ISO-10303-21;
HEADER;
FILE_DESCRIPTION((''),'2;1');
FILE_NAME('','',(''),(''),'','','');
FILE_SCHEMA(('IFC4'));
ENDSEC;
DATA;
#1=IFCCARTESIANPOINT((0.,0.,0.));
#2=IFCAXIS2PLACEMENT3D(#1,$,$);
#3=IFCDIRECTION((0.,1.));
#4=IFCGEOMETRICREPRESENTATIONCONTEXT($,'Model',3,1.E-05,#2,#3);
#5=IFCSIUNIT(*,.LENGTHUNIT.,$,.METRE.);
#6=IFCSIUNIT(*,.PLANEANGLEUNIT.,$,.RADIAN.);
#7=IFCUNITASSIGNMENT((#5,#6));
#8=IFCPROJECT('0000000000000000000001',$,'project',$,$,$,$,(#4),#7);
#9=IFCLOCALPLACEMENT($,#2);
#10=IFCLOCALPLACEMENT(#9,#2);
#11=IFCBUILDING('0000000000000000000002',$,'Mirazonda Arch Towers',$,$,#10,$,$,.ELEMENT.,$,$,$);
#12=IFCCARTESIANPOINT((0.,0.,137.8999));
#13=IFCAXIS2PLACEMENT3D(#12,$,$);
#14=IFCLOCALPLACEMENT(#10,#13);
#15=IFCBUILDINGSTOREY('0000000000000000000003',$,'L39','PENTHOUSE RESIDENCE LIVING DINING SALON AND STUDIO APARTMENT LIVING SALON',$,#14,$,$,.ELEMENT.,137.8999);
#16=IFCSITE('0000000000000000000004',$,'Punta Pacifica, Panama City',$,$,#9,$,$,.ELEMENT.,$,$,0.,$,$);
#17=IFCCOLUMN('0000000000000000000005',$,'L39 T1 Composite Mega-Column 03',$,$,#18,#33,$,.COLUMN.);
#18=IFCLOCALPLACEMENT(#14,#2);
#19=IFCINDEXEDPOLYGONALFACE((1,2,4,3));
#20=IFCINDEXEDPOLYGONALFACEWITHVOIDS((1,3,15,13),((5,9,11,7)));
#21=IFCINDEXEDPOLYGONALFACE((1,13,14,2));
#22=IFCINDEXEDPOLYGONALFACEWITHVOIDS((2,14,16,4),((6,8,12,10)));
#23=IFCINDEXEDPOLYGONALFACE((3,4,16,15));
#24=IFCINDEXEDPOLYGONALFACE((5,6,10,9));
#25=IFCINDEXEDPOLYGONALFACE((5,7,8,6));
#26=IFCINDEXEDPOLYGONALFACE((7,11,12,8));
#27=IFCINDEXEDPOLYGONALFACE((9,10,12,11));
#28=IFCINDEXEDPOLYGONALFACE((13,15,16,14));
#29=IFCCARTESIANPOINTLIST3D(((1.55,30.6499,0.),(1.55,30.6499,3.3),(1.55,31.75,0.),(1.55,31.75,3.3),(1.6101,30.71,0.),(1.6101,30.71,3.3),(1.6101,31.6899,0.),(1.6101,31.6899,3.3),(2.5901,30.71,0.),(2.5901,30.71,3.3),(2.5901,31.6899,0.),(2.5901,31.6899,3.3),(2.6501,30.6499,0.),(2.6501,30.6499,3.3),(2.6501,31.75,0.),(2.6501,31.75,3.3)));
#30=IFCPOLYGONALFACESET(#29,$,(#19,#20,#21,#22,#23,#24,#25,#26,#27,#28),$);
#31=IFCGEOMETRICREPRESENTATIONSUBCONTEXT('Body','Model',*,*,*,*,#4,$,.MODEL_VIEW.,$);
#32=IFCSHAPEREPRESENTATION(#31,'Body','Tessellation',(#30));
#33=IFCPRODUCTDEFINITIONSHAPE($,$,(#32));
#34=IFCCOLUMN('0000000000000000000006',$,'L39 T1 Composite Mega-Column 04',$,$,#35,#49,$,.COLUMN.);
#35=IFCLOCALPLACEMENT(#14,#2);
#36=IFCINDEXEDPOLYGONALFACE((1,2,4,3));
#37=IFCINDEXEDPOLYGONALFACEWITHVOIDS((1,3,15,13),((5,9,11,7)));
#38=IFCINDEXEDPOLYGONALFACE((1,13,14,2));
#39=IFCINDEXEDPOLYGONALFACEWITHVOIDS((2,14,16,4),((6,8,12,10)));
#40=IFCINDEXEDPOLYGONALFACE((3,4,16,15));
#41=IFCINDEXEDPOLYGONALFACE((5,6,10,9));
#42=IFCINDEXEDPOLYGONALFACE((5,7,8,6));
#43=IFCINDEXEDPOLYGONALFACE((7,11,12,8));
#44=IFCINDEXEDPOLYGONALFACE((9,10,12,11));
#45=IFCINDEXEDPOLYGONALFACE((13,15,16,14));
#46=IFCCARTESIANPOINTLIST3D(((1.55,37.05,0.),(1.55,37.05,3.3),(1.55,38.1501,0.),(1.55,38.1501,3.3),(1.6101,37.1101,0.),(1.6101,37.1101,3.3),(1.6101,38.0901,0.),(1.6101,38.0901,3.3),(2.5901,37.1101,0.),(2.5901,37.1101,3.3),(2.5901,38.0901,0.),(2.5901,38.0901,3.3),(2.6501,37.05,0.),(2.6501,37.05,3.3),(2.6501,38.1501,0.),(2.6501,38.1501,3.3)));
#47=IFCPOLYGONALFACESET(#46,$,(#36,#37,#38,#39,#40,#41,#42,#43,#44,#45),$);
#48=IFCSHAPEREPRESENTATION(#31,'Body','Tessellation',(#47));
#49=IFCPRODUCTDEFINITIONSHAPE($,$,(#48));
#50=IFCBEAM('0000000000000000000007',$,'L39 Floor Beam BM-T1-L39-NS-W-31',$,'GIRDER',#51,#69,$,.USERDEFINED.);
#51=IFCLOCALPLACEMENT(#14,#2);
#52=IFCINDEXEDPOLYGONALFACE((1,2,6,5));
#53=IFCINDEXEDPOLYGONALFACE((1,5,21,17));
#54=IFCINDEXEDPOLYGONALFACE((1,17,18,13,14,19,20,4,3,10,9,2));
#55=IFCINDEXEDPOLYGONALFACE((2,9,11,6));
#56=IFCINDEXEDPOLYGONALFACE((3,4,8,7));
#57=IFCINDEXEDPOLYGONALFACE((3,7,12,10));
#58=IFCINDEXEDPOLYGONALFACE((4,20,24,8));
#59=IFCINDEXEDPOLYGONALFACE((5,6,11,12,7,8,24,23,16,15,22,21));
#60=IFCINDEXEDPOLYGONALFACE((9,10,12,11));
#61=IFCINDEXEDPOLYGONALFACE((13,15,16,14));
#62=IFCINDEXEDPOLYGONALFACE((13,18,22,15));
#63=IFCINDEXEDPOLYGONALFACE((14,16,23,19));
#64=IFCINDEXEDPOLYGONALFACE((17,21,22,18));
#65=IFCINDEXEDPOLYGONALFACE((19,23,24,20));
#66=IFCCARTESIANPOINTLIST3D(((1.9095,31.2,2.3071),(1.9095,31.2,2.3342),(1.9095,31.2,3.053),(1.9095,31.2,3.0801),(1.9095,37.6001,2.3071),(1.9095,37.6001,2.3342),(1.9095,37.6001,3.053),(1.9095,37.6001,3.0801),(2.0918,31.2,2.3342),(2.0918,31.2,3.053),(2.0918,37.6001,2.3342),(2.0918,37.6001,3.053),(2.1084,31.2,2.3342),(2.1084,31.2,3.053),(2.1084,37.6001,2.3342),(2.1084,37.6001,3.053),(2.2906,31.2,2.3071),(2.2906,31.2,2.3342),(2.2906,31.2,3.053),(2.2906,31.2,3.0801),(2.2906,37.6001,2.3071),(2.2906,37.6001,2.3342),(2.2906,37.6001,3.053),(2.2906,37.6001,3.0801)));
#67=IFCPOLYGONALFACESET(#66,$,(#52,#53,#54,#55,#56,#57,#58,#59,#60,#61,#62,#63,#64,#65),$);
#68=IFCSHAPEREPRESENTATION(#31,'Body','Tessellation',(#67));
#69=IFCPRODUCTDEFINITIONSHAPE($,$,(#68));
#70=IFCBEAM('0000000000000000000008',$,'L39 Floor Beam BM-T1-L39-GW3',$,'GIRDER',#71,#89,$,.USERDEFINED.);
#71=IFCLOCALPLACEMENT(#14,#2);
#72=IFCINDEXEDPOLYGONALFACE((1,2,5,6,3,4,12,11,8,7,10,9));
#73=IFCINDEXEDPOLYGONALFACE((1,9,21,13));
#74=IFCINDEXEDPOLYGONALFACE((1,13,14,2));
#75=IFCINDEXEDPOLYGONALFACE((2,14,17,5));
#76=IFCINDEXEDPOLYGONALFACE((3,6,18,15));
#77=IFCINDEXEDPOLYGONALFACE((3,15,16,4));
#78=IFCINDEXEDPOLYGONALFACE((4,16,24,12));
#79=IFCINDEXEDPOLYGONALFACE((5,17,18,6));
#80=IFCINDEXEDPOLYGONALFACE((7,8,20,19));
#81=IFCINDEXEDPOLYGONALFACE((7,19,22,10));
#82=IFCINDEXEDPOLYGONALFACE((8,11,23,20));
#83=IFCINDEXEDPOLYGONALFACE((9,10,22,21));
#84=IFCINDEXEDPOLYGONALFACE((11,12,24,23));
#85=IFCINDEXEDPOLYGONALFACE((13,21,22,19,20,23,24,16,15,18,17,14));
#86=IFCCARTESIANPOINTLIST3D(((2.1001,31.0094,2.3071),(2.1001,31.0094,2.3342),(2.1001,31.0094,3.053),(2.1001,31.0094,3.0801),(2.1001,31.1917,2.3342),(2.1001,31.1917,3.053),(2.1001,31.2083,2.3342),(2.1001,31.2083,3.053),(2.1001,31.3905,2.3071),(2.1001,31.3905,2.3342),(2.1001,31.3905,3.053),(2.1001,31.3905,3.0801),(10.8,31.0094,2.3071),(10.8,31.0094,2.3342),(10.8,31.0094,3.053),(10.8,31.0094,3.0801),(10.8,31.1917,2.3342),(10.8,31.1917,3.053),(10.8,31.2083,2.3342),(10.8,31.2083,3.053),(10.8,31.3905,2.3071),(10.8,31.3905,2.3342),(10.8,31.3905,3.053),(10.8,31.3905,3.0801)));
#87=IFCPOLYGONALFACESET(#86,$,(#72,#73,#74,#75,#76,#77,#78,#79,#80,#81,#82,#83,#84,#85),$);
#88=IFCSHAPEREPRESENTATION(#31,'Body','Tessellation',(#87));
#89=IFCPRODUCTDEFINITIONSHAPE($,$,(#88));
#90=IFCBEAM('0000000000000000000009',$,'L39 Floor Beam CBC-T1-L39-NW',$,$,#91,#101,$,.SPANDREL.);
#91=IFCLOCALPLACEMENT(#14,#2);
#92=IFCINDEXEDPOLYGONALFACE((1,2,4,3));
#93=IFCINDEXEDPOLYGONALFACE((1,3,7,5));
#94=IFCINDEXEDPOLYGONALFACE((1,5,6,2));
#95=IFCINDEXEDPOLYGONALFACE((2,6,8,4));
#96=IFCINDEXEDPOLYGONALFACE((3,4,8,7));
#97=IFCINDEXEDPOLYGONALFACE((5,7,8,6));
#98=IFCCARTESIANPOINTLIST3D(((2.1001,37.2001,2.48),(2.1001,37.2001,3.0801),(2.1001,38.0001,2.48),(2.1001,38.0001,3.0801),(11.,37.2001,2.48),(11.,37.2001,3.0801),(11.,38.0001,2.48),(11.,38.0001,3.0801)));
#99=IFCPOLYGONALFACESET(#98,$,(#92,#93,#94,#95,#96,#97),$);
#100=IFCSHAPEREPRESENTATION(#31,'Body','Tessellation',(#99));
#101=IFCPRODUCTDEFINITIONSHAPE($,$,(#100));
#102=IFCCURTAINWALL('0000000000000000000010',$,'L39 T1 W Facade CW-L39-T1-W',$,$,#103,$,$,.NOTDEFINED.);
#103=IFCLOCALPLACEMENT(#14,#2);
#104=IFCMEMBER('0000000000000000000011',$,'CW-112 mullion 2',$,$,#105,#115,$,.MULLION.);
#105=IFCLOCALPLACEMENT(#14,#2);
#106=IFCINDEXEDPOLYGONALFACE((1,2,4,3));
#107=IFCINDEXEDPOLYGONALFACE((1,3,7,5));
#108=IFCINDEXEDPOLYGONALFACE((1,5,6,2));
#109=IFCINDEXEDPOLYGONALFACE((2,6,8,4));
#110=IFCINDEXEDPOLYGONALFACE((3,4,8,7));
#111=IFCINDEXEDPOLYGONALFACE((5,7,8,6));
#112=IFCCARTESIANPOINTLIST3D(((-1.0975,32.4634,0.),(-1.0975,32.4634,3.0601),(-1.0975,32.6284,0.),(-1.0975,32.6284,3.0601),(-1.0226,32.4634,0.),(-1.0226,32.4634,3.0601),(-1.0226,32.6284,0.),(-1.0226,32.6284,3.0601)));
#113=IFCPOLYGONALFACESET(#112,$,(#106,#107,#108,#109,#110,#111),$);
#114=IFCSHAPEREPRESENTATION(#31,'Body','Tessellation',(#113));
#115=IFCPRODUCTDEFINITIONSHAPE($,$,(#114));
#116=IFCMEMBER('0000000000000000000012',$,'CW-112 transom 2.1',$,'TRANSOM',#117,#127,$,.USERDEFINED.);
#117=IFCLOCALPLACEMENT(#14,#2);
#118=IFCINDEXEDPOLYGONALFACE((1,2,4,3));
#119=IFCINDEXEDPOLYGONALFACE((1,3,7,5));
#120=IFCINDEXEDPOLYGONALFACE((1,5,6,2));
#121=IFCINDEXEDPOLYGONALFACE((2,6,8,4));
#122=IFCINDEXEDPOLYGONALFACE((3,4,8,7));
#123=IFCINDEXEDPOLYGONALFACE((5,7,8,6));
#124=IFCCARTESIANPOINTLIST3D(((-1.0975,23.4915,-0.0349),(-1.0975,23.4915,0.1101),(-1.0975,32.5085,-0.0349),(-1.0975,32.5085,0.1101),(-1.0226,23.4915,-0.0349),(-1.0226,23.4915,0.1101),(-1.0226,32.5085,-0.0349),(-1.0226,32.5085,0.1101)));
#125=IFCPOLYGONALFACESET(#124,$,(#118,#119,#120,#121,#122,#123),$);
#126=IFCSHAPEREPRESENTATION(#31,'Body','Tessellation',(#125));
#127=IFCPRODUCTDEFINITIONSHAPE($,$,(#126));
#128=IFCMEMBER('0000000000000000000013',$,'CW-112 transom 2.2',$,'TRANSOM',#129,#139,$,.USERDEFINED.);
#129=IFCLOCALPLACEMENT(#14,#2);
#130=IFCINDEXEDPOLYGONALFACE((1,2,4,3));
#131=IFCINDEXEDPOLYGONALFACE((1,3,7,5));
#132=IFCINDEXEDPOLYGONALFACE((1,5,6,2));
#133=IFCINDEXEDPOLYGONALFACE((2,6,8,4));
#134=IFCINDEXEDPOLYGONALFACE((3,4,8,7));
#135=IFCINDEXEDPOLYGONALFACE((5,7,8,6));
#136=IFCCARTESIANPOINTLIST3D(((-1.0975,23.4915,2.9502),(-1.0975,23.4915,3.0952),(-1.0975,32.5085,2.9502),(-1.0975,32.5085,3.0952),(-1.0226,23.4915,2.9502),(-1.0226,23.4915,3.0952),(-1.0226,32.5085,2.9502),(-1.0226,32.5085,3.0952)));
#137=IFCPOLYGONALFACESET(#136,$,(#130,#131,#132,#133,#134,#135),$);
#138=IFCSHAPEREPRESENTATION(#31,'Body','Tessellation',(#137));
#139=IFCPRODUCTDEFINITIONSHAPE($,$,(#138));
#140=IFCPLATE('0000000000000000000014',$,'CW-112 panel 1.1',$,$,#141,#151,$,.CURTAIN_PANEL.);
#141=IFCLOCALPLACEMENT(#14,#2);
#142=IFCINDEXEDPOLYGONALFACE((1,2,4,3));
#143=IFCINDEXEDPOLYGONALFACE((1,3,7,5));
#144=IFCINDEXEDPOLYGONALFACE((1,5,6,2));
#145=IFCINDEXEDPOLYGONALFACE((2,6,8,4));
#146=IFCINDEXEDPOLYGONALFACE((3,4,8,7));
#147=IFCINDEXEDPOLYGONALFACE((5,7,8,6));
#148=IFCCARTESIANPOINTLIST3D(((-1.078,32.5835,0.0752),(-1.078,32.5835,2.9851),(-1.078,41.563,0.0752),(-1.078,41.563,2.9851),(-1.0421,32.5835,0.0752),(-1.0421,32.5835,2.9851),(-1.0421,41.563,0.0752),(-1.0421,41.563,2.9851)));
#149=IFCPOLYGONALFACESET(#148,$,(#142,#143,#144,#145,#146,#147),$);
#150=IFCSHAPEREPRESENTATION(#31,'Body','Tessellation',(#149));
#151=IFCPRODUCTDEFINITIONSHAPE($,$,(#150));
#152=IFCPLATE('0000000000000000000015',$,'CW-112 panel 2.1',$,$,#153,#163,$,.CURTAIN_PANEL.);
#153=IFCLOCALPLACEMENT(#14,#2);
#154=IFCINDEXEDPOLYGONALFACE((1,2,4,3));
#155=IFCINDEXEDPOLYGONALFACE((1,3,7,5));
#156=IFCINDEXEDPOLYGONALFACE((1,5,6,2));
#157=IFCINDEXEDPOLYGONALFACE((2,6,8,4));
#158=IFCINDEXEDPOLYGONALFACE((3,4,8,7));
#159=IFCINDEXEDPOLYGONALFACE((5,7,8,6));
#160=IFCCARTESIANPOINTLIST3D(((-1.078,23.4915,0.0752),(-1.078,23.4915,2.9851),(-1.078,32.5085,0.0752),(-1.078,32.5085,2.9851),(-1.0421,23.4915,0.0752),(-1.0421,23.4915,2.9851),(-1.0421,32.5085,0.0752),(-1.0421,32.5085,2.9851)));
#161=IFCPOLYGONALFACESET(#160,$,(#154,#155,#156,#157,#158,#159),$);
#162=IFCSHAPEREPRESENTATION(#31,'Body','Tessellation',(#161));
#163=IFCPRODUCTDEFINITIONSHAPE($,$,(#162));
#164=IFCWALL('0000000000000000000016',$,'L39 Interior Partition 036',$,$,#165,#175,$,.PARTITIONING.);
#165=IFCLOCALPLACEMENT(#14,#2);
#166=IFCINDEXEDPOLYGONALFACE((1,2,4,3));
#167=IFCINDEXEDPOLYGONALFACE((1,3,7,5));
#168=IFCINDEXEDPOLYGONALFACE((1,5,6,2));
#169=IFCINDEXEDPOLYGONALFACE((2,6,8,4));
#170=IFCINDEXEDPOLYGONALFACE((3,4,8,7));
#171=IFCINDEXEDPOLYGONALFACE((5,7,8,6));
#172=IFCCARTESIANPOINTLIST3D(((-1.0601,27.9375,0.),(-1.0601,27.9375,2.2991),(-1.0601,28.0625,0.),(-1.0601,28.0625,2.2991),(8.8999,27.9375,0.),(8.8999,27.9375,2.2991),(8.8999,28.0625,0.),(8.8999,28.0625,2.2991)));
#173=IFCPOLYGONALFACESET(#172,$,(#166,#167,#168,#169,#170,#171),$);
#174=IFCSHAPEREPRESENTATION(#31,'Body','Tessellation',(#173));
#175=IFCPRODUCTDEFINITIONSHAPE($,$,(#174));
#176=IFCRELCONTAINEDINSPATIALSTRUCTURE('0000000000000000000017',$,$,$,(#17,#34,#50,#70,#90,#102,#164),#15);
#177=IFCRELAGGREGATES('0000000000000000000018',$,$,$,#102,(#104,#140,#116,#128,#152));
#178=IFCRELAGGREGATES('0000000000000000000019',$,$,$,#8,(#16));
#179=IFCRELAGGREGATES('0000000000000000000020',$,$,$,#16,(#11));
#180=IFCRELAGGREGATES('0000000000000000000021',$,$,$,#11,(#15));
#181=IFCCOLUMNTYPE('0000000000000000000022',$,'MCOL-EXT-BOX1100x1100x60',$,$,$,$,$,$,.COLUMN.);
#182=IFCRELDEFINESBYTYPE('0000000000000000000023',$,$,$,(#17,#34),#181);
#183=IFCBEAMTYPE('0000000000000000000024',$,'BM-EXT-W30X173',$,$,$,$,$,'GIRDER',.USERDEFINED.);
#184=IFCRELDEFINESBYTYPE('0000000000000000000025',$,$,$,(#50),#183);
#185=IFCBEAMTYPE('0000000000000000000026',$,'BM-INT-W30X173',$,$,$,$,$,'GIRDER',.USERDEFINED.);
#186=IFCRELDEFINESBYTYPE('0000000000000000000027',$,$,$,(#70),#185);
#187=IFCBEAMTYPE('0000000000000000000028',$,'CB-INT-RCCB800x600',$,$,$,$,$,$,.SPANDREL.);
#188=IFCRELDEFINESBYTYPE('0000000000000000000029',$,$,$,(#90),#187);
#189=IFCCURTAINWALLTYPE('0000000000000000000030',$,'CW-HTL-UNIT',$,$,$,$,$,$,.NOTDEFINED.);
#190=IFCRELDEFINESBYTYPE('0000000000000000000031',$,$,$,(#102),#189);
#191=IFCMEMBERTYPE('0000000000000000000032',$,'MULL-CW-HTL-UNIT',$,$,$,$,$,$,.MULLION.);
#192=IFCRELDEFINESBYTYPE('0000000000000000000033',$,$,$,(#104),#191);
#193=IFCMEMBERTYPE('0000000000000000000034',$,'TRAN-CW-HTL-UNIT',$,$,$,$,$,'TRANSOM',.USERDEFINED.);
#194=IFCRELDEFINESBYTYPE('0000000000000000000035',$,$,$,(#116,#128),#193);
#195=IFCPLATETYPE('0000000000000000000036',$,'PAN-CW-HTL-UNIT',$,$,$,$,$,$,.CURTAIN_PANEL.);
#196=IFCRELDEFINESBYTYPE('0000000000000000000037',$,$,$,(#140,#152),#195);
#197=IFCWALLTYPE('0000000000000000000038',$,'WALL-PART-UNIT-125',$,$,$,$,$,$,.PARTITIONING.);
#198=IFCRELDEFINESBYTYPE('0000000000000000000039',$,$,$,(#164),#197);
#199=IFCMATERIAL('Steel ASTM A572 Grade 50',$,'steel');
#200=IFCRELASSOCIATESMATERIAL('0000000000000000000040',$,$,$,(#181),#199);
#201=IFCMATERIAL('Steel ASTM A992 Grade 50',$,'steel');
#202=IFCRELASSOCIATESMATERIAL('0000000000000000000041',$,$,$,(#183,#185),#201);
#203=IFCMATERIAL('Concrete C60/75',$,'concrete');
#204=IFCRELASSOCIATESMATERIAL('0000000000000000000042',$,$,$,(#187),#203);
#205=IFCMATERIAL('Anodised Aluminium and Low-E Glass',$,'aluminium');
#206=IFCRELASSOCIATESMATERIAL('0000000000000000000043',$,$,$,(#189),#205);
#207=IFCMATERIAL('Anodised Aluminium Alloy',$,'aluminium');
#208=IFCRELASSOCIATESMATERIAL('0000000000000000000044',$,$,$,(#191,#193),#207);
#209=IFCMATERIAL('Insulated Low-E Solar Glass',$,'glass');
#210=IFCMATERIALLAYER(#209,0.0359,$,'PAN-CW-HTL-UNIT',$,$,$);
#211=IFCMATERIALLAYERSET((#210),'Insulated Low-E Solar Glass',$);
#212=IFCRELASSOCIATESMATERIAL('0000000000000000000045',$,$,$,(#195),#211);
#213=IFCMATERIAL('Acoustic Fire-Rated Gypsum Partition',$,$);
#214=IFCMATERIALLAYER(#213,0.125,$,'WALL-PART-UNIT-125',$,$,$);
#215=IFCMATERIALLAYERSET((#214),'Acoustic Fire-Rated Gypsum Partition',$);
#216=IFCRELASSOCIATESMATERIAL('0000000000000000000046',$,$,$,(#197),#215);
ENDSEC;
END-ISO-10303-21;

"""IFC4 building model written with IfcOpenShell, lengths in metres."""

from ifc_helpers import new_model, si_unit, direction, frame, frame_2d, origin, origin_2d, place, context, subcontext, project, spatial, rectangle, hollow_rectangle, i_section, extrude, material, layer, layer_set, material_profile, profile_set, type_object, element, aggregate, save


model = new_model("IFC4")

# Units and contexts
model_context = context("Model", 3, precision=1e-05, world=origin(), true_north=direction((0.0, 1.0)))
body_context = subcontext(model_context, "Body", "Model", "MODEL_VIEW")
ifc_project = project(units=[si_unit("LENGTHUNIT", "METRE"), si_unit("PLANEANGLEUNIT", "RADIAN")], contexts=[model_context])

# Site, building, storey
site_placement = place(None, origin())
site = spatial("IfcSite", under=ifc_project, at=site_placement, Name="Punta Pacifica, Panama City", CompositionType="ELEMENT", RefElevation=0.0)
building_placement = place(site_placement, origin())
building = spatial("IfcBuilding", under=site, at=building_placement, Name="Mirazonda Arch Towers", CompositionType="ELEMENT")
storey_placement = place(building_placement, frame((0.0, 0.0, 137.8999)))
storey = spatial("IfcBuildingStorey", under=building, at=storey_placement, Name="L39", Description="PENTHOUSE RESIDENCE LIVING DINING SALON AND STUDIO APARTMENT LIVING SALON", CompositionType="ELEMENT", Elevation=137.8999)

# Columns
ifc_material_1 = material(Name="Steel ASTM A572 Grade 50", Category="steel")
ifc_material_profile_1 = material_profile(ifc_material_1, hollow_rectangle(XDim=1.1001, YDim=1.1001, WallThickness=0.0601, at=origin_2d()), Name="BOX1100x1100x60")
ifc_profile_set_1 = profile_set([ifc_material_profile_1], Name="Steel ASTM A572 Grade 50")
column_type = type_object("IfcColumnType", Name="MCOL-EXT-BOX1100x1100x60", PredefinedType="COLUMN", material=ifc_profile_set_1)
for number, where, z_axis, x_axis, name in (
    (1, (2.1001, 31.2, 0.0), (0.0, 0.0, 1.0), (1.0, 0.0, 0.0), "L39 T1 Composite Mega-Column 03"),
    (2, (2.1001, 37.6001, 0.0), (0.0, 0.0, 1.0), (1.0, 0.0, 0.0), "L39 T1 Composite Mega-Column 04"),
):
    element("IfcColumn", number, at=place(storey_placement, frame(where, z_axis=z_axis, x_axis=x_axis)), inside=storey, type_object=column_type, Name=name, PredefinedType="COLUMN", context=body_context, shape_type="SweptSolid", body=[
        extrude(hollow_rectangle(XDim=1.1001, YDim=1.1001, WallThickness=0.0601, at=origin_2d()), origin(), (0.0, 0.0, 1.0), 3.3),
    ])

# Beams
ifc_material_2 = material(Name="Steel ASTM A992 Grade 50", Category="steel")
ifc_material_profile_2 = material_profile(ifc_material_2, i_section(OverallWidth=0.3811, OverallDepth=0.7729, WebThickness=0.0166, FlangeThickness=0.0271, at=origin_2d()), Name="W30X173")
ifc_profile_set_2 = profile_set([ifc_material_profile_2], Name="Steel ASTM A992 Grade 50")
beam_type_1 = type_object("IfcBeamType", Name="BM-EXT-W30X173", ElementType="GIRDER", PredefinedType="USERDEFINED", material=ifc_profile_set_2)
beam_1_placement = place(storey_placement, frame((2.1001, 31.2, 2.6936), z_axis=(0.0, 1.0, 0.0), x_axis=(-1.0, 0.0, 0.0)))
element("IfcBeam", 3, at=beam_1_placement, inside=storey, type_object=beam_type_1, Name="L39 Floor Beam BM-T1-L39-NS-W-31", ObjectType="GIRDER", PredefinedType="USERDEFINED", context=body_context, shape_type="SweptSolid", body=[
    extrude(i_section(OverallWidth=0.3811, OverallDepth=0.7729, WebThickness=0.0166, FlangeThickness=0.0271, at=origin_2d()), origin(), (0.0, 0.0, 1.0), 6.4001),
])
ifc_material_profile_3 = material_profile(ifc_material_2, i_section(OverallWidth=0.3811, OverallDepth=0.7729, WebThickness=0.0166, FlangeThickness=0.0271, at=origin_2d()), Name="W30X173")
ifc_profile_set_3 = profile_set([ifc_material_profile_3], Name="Steel ASTM A992 Grade 50")
beam_type_2 = type_object("IfcBeamType", Name="BM-INT-W30X173", ElementType="GIRDER", PredefinedType="USERDEFINED", material=ifc_profile_set_3)
beam_2_placement = place(storey_placement, frame((2.1001, 31.2, 2.6936), z_axis=(1.0, 0.0, 0.0), x_axis=(0.0, 1.0, 0.0)))
element("IfcBeam", 4, at=beam_2_placement, inside=storey, type_object=beam_type_2, Name="L39 Floor Beam BM-T1-L39-GW3", ObjectType="GIRDER", PredefinedType="USERDEFINED", context=body_context, shape_type="SweptSolid", body=[
    extrude(i_section(OverallWidth=0.3811, OverallDepth=0.7729, WebThickness=0.0166, FlangeThickness=0.0271, at=origin_2d()), origin(), (0.0, 0.0, 1.0), 8.7),
])
ifc_material_3 = material(Name="Concrete C60/75", Category="concrete")
ifc_material_profile_4 = material_profile(ifc_material_3, rectangle(XDim=0.8, YDim=0.6001, at=origin_2d()), Name="RCCB800x600")
ifc_profile_set_4 = profile_set([ifc_material_profile_4], Name="Concrete C60/75")
beam_type_3 = type_object("IfcBeamType", Name="CB-INT-RCCB800x600", PredefinedType="SPANDREL", material=ifc_profile_set_4)
beam_3_placement = place(storey_placement, frame((2.1001, 37.6001, 2.78), z_axis=(1.0, 0.0, 0.0), x_axis=(0.0, 1.0, 0.0)))
element("IfcBeam", 5, at=beam_3_placement, inside=storey, type_object=beam_type_3, Name="L39 Floor Beam CBC-T1-L39-NW", PredefinedType="SPANDREL", context=body_context, shape_type="SweptSolid", body=[
    extrude(rectangle(XDim=0.8, YDim=0.6001, at=origin_2d()), origin(), (0.0, 0.0, 1.0), 8.8999),
])

# Curtain wall, members, plates
ifc_material_4 = material(Name="Anodised Aluminium and Low-E Glass", Category="aluminium")
curtain_wall_type = type_object("IfcCurtainWallType", Name="CW-HTL-UNIT", PredefinedType="NOTDEFINED", material=ifc_material_4)
curtain_wall_placement = place(storey_placement, origin())
curtain_wall = element("IfcCurtainWall", 6, at=curtain_wall_placement, inside=storey, type_object=curtain_wall_type, Name="L39 T1 W Facade CW-L39-T1-W", PredefinedType="NOTDEFINED")
ifc_material_5 = material(Name="Anodised Aluminium Alloy", Category="aluminium")
ifc_material_profile_5 = material_profile(ifc_material_5, rectangle(XDim=0.075, YDim=0.165, at=origin_2d()), Name="ALU-MULL-75x165")
ifc_profile_set_5 = profile_set([ifc_material_profile_5], Name="Anodised Aluminium Alloy")
member_type_1 = type_object("IfcMemberType", Name="MULL-CW-HTL-UNIT", PredefinedType="MULLION", material=ifc_profile_set_5)
member_1_placement = place(storey_placement, frame((-1.0601, 32.5459, 0.0), z_axis=(0.0, 0.0, 1.0), x_axis=(1.0, 0.0, 0.0)))
member_1 = element("IfcMember", 7, at=member_1_placement, type_object=member_type_1, Name="CW-112 mullion 2", PredefinedType="MULLION", context=body_context, shape_type="SweptSolid", body=[
    extrude(rectangle(XDim=0.075, YDim=0.165, at=origin_2d()), origin(), (0.0, 0.0, 1.0), 3.0601),
])
ifc_material_profile_6 = material_profile(ifc_material_5, rectangle(XDim=0.075, YDim=0.145, at=origin_2d()), Name="ALU-TRAN-75x145")
ifc_profile_set_6 = profile_set([ifc_material_profile_6], Name="Anodised Aluminium Alloy")
member_type_2 = type_object("IfcMemberType", Name="TRAN-CW-HTL-UNIT", ElementType="TRANSOM", PredefinedType="USERDEFINED", material=ifc_profile_set_6)
member_2_placement = place(storey_placement, frame((-1.0601, 32.5085, 0.0376), z_axis=(0.0, -1.0, 0.0), x_axis=(1.0, 0.0, 0.0)))
member_2 = element("IfcMember", 8, at=member_2_placement, type_object=member_type_2, Name="CW-112 transom 2.1", ObjectType="TRANSOM", PredefinedType="USERDEFINED", context=body_context, shape_type="SweptSolid", body=[
    extrude(rectangle(XDim=0.075, YDim=0.145, at=origin_2d()), origin(), (0.0, 0.0, 1.0), 9.0171),
])
member_3_placement = place(storey_placement, frame((-1.0601, 32.5085, 3.0227), z_axis=(0.0, -1.0, 0.0), x_axis=(1.0, 0.0, 0.0)))
member_3 = element("IfcMember", 9, at=member_3_placement, type_object=member_type_2, Name="CW-112 transom 2.2", ObjectType="TRANSOM", PredefinedType="USERDEFINED", context=body_context, shape_type="SweptSolid", body=[
    extrude(rectangle(XDim=0.075, YDim=0.145, at=origin_2d()), origin(), (0.0, 0.0, 1.0), 9.0171),
])
ifc_material_6 = material(Name="Insulated Low-E Solar Glass", Category="glass")
ifc_layer_1 = layer(ifc_material_6, 0.0359, Name="PAN-CW-HTL-UNIT")
ifc_layer_set_1 = layer_set([ifc_layer_1], Name="Insulated Low-E Solar Glass")
plate_type = type_object("IfcPlateType", Name="PAN-CW-HTL-UNIT", PredefinedType="CURTAIN_PANEL", material=ifc_layer_set_1)
plate_1_placement = place(storey_placement, frame((-1.0601, 37.0732, 0.0752), z_axis=(0.0, 0.0, 1.0), x_axis=(0.0, -1.0, 0.0)))
plate_1 = element("IfcPlate", 10, at=plate_1_placement, type_object=plate_type, Name="CW-112 panel 1.1", PredefinedType="CURTAIN_PANEL", context=body_context, shape_type="SweptSolid", body=[
    extrude(rectangle(XDim=8.9795, YDim=0.0359, at=origin_2d()), origin(), (0.0, 0.0, 1.0), 2.9099),
])
plate_2_placement = place(storey_placement, frame((-1.0601, 28.0, 0.0752), z_axis=(0.0, 0.0, 1.0), x_axis=(0.0, -1.0, 0.0)))
plate_2 = element("IfcPlate", 11, at=plate_2_placement, type_object=plate_type, Name="CW-112 panel 2.1", PredefinedType="CURTAIN_PANEL", context=body_context, shape_type="SweptSolid", body=[
    extrude(rectangle(XDim=9.0171, YDim=0.0359, at=origin_2d()), origin(), (0.0, 0.0, 1.0), 2.9099),
])
aggregate(curtain_wall, [member_1, plate_1, member_2, member_3, plate_2])

# Wall
ifc_material_7 = material(Name="Acoustic Fire-Rated Gypsum Partition")
ifc_layer_2 = layer(ifc_material_7, 0.125, Name="WALL-PART-UNIT-125")
ifc_layer_set_2 = layer_set([ifc_layer_2], Name="Acoustic Fire-Rated Gypsum Partition")
wall_type_1 = type_object("IfcWallType", Name="WALL-PART-UNIT-125", PredefinedType="PARTITIONING", material=ifc_layer_set_2)
wall_1_placement = place(storey_placement, frame((-1.0601, 28.0, 0.0), z_axis=(0.0, 0.0, 1.0), x_axis=(1.0, 0.0, 0.0)))
element("IfcWall", 12, at=wall_1_placement, inside=storey, type_object=wall_type_1, Name="L39 Interior Partition 036", PredefinedType="PARTITIONING", context=body_context, shape_type="SweptSolid", body=[
    extrude(rectangle(XDim=9.96, YDim=0.125, at=frame_2d((4.98, 0.0))), origin(), (0.0, 0.0, 1.0), 2.2991),
])

save(model, "model.ifc")
